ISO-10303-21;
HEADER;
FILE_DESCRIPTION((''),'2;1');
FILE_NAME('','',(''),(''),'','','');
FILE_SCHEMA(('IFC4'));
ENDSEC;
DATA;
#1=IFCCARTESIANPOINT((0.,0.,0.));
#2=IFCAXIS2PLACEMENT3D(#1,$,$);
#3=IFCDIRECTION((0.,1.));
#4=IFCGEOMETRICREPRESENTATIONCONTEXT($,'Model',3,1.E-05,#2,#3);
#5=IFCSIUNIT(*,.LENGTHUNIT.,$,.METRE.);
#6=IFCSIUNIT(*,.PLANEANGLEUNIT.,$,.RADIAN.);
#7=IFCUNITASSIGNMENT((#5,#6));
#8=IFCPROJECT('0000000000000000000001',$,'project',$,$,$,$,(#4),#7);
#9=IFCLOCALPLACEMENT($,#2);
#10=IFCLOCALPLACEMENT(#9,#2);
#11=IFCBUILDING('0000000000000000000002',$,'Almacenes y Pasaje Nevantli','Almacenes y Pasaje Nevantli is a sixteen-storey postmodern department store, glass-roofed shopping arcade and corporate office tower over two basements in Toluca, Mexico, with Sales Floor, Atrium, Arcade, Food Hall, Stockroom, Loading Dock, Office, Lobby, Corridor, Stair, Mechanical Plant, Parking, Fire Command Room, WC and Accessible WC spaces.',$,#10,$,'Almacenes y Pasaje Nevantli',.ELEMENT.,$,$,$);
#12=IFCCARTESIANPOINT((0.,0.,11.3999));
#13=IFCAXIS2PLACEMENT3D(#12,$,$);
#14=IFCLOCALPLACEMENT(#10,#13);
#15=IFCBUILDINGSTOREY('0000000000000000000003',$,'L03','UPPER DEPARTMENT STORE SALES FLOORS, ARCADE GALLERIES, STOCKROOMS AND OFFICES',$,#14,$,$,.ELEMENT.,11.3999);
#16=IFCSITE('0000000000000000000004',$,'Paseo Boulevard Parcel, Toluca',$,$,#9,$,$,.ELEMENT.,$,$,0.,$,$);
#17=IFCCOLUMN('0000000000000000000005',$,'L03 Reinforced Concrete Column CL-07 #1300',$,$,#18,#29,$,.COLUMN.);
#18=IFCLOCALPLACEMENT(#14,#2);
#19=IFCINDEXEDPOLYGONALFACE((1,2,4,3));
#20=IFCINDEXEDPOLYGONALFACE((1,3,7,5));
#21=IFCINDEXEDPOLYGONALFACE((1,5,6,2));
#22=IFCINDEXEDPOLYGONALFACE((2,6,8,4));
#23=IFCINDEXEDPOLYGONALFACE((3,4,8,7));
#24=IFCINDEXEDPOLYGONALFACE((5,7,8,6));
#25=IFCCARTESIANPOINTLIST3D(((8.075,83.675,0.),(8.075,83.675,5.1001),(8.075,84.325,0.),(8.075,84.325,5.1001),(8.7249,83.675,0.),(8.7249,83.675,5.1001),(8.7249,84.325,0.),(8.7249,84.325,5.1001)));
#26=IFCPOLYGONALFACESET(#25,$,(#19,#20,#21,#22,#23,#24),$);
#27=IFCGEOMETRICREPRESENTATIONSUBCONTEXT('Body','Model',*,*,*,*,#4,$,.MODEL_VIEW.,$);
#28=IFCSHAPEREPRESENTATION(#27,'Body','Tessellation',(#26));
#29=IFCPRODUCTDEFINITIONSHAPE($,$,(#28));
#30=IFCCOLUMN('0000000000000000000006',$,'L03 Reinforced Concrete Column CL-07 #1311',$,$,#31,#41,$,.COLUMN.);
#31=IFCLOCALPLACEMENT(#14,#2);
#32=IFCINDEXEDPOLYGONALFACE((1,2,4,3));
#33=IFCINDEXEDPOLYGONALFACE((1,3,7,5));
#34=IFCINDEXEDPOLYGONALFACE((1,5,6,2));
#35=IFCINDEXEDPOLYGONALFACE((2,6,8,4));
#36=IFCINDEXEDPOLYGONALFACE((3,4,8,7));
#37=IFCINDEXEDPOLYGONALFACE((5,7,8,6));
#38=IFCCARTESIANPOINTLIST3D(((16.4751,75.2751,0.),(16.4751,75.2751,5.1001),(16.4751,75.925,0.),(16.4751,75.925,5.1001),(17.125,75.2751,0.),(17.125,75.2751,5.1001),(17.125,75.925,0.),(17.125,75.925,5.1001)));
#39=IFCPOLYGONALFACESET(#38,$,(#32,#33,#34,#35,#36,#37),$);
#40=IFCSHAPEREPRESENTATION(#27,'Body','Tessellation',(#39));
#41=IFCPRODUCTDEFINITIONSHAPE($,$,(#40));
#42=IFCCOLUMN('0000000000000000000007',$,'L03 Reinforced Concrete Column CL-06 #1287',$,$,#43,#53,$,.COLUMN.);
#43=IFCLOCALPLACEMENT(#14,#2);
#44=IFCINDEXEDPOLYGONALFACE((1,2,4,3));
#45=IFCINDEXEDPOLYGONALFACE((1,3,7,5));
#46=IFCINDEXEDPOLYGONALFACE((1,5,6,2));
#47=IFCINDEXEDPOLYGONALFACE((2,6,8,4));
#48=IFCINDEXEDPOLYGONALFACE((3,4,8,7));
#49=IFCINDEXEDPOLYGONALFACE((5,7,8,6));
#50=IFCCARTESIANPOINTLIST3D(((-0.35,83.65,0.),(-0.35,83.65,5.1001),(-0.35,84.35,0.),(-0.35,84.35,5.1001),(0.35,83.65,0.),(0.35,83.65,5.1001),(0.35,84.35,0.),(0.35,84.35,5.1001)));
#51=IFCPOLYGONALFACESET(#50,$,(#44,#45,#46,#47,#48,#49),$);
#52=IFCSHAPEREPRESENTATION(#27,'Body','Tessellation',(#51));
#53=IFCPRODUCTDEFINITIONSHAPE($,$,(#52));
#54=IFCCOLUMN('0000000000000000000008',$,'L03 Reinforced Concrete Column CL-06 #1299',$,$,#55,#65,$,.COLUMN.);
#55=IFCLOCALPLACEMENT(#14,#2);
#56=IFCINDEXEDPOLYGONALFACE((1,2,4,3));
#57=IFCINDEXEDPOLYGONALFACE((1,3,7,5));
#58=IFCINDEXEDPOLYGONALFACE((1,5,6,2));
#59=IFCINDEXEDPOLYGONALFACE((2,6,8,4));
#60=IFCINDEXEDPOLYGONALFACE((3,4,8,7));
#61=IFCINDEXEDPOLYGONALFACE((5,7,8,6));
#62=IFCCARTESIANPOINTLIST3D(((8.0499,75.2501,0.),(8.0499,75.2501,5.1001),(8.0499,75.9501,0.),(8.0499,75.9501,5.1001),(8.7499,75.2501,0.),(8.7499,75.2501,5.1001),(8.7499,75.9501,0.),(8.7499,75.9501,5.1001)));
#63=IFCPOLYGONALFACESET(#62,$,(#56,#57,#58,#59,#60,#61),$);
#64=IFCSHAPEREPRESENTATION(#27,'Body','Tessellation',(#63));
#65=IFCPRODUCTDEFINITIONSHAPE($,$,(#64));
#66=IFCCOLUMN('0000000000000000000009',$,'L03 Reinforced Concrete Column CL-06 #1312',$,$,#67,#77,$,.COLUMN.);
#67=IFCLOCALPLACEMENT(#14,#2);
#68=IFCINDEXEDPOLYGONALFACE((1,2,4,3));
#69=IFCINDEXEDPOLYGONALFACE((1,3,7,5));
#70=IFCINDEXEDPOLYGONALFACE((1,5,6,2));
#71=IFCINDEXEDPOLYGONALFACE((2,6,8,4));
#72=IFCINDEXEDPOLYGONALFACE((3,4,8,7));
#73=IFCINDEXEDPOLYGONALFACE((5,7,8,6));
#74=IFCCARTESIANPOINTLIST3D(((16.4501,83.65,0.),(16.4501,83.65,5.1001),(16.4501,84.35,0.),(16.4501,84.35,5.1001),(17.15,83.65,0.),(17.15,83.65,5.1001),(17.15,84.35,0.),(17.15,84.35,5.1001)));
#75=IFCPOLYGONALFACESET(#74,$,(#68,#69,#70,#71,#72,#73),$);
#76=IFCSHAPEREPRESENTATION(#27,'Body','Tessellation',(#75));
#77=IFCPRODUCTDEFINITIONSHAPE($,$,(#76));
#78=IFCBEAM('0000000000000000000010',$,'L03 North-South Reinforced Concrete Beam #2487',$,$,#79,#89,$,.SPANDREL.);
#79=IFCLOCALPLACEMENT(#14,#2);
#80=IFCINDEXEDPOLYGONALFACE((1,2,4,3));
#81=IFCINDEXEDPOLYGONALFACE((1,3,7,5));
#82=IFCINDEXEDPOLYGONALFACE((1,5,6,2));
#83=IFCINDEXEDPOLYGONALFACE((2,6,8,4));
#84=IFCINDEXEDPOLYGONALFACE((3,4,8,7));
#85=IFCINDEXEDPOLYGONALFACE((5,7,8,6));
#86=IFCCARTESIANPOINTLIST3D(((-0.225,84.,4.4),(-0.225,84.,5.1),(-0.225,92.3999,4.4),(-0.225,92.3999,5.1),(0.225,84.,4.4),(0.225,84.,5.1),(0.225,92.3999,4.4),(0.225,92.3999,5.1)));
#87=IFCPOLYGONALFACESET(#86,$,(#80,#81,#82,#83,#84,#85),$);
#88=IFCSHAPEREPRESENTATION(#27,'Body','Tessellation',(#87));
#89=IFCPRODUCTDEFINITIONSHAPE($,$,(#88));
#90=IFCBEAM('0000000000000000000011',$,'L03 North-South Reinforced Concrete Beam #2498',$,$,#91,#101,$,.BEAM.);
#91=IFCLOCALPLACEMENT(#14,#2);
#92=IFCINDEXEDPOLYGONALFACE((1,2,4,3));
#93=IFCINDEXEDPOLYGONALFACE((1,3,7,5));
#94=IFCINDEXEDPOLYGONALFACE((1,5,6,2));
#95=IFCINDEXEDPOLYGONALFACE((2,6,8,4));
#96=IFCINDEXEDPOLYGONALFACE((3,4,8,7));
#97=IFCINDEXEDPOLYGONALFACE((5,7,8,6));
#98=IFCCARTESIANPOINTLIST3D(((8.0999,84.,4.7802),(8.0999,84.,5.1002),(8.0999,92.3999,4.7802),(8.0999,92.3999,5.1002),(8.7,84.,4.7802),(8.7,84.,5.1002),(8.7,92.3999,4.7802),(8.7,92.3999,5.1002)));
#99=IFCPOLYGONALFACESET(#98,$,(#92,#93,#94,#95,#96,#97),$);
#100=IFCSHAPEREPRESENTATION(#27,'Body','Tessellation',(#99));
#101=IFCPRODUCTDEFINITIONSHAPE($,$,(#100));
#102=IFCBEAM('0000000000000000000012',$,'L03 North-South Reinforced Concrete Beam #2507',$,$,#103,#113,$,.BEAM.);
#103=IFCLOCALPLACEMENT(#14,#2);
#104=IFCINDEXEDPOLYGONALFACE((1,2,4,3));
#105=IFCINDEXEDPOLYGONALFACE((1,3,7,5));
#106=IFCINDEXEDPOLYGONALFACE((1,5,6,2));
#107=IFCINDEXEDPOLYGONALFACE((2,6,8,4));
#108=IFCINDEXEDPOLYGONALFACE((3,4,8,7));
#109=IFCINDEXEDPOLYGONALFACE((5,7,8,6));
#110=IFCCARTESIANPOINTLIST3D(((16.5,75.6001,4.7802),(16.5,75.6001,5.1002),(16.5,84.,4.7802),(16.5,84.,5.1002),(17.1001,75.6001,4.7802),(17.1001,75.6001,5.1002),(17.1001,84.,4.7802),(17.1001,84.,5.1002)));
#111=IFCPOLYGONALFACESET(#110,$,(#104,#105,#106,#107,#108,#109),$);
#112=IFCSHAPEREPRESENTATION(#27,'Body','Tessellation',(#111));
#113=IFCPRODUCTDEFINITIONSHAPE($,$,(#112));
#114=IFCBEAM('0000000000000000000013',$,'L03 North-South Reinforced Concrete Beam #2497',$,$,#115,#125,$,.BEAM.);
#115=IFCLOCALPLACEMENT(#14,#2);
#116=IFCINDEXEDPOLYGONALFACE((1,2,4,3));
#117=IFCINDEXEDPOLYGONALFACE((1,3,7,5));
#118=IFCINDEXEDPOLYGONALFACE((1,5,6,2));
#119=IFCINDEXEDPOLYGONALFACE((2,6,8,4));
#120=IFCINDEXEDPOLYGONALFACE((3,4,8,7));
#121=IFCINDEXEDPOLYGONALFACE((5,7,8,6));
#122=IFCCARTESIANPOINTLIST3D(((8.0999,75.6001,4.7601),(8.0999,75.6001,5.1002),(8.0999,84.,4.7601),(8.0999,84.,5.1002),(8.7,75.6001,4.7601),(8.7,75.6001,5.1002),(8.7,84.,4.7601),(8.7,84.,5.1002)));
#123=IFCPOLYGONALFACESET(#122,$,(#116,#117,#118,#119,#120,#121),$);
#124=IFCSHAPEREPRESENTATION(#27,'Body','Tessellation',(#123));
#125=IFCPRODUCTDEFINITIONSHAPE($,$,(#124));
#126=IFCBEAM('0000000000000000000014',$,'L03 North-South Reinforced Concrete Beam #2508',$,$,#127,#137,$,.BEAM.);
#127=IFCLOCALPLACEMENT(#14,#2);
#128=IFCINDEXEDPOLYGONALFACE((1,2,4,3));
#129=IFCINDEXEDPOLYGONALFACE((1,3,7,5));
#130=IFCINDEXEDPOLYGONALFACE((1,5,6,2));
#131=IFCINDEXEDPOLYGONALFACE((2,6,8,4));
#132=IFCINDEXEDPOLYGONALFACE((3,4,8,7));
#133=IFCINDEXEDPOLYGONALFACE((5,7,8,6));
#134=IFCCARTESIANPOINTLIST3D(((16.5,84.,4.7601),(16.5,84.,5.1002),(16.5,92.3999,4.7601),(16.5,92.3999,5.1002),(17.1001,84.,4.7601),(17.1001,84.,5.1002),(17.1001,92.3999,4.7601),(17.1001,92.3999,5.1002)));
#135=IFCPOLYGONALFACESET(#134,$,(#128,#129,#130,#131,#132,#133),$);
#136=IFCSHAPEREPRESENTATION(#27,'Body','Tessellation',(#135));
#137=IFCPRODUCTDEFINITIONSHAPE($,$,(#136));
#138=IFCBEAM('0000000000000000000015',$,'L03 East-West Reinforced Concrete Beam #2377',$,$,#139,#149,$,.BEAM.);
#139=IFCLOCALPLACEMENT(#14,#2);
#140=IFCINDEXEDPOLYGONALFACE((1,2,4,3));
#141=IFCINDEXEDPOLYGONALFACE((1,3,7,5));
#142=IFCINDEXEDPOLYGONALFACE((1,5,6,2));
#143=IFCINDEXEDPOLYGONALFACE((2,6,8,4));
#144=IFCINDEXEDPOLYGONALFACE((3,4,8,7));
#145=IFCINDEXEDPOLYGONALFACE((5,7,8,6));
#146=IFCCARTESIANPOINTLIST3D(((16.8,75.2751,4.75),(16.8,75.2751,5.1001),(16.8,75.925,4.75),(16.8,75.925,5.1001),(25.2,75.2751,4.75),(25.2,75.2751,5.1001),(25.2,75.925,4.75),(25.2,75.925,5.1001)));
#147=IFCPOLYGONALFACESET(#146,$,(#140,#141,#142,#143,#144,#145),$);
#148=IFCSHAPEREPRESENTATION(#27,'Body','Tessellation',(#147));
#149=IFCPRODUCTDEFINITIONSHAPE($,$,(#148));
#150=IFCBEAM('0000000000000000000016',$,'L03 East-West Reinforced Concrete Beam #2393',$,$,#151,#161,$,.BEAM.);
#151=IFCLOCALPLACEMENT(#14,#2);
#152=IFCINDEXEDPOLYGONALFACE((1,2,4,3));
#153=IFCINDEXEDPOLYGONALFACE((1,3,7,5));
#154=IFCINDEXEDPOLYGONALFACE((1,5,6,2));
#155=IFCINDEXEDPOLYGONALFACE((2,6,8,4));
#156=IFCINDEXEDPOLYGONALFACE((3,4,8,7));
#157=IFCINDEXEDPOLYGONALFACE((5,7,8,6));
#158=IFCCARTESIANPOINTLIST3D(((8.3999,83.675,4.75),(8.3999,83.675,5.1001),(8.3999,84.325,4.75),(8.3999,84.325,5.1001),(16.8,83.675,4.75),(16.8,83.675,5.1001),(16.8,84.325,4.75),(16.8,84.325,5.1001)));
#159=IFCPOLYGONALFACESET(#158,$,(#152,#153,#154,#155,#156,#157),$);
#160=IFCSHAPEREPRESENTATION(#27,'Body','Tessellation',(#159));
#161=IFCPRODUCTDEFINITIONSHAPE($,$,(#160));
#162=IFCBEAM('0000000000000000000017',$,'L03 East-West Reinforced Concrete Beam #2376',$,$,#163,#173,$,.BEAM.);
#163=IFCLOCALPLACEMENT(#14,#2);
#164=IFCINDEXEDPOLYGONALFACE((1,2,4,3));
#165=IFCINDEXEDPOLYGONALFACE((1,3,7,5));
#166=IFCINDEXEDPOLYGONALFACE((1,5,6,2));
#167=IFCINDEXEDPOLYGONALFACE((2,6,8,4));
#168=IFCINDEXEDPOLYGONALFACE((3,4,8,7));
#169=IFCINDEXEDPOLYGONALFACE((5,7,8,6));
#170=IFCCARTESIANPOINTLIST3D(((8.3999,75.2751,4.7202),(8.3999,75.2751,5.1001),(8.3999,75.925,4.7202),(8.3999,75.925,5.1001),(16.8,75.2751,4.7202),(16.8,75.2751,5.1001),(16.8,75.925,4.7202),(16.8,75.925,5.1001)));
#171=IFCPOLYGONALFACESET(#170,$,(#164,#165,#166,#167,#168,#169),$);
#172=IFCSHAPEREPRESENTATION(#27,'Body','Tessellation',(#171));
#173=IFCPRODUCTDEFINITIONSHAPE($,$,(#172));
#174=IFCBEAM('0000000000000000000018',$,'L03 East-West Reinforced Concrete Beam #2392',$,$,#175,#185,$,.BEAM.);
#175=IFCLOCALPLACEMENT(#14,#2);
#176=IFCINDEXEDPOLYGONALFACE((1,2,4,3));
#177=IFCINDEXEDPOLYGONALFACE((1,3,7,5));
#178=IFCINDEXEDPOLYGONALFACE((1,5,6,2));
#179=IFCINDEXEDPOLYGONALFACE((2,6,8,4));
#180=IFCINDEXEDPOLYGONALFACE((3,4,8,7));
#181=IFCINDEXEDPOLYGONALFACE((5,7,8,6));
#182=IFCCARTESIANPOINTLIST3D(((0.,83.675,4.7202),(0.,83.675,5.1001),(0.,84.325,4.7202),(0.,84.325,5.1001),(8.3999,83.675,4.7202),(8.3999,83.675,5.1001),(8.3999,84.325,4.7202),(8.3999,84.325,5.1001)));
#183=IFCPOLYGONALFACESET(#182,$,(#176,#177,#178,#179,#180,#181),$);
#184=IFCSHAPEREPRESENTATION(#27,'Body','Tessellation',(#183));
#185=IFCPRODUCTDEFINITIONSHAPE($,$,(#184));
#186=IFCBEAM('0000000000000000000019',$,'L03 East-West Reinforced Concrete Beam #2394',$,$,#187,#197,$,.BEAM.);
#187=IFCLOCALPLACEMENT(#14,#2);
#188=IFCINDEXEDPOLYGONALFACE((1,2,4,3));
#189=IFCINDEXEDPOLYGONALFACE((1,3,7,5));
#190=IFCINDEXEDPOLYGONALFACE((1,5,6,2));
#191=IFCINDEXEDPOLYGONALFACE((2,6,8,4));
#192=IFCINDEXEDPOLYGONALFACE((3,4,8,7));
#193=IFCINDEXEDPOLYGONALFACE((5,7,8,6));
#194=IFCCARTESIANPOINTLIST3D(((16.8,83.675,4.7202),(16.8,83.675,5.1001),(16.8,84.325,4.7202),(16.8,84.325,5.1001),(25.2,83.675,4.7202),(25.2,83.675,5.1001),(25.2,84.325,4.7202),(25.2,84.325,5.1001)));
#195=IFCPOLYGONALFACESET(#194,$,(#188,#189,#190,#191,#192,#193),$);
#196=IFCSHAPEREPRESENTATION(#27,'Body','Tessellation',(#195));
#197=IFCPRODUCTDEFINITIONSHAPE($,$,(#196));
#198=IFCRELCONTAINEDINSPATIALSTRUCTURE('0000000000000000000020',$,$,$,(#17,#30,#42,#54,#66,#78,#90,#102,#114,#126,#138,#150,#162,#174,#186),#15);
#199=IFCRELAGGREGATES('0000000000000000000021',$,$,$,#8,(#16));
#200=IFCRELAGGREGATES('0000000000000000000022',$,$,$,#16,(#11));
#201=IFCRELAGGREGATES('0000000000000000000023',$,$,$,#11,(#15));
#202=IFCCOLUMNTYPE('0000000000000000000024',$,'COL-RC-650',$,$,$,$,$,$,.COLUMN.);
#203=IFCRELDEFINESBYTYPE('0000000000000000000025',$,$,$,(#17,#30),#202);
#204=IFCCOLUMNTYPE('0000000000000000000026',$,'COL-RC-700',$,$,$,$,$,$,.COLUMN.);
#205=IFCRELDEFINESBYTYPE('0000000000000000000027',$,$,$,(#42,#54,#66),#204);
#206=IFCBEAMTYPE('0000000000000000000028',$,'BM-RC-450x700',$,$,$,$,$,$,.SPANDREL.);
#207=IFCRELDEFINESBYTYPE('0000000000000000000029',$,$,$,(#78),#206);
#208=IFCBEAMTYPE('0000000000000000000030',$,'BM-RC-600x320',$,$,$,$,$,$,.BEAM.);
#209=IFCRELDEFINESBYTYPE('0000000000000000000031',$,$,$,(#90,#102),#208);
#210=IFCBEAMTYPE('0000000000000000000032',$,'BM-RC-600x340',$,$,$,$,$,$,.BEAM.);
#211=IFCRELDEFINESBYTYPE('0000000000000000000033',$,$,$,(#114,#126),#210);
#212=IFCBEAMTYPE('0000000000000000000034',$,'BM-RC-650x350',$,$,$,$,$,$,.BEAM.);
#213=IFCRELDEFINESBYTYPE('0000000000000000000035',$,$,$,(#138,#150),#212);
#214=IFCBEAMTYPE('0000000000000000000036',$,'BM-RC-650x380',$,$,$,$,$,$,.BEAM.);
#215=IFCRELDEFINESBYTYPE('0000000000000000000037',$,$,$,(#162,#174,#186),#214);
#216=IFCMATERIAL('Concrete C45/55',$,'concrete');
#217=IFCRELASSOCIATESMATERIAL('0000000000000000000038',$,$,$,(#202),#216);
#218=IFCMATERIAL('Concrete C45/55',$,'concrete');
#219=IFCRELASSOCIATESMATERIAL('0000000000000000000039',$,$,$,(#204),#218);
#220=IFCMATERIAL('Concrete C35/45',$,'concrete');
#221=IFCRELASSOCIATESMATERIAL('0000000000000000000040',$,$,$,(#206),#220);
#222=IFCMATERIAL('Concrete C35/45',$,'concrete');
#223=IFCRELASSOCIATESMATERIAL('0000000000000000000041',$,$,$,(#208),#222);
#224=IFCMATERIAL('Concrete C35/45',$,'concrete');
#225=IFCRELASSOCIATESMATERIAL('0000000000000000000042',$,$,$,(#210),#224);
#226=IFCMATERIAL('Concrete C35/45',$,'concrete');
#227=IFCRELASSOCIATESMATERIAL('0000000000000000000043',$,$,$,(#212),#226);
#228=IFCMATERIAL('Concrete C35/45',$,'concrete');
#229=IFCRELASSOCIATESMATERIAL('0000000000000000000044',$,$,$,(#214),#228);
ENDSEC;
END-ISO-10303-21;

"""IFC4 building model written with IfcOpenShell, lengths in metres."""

from ifc_helpers import new_model, si_unit, direction, frame, origin, origin_2d, place, context, subcontext, project, spatial, rectangle, extrude, material, material_profile, profile_set, type_object, element, save


model = new_model("IFC4")

# Units and contexts
model_context = context("Model", 3, precision=1e-05, world=origin(), true_north=direction((0.0, 1.0)))
body_context = subcontext(model_context, "Body", "Model", "MODEL_VIEW")
ifc_project = project(units=[si_unit("LENGTHUNIT", "METRE"), si_unit("PLANEANGLEUNIT", "RADIAN")], contexts=[model_context])

# Site, building, storey
site_placement = place(None, origin())
site = spatial("IfcSite", under=ifc_project, at=site_placement, Name="Paseo Boulevard Parcel, Toluca", CompositionType="ELEMENT", RefElevation=0.0)
building_placement = place(site_placement, origin())
building = spatial("IfcBuilding", under=site, at=building_placement, Name="Almacenes y Pasaje Nevantli", Description="Almacenes y Pasaje Nevantli is a sixteen-storey postmodern department store, glass-roofed shopping arcade and corporate office tower over two basements in Toluca, Mexico, with Sales Floor, Atrium, Arcade, Food Hall, Stockroom, Loading Dock, Office, Lobby, Corridor, Stair, Mechanical Plant, Parking, Fire Command Room, WC and Accessible WC spaces.", LongName="Almacenes y Pasaje Nevantli", CompositionType="ELEMENT")
storey_placement = place(building_placement, frame((0.0, 0.0, 11.3999)))
storey = spatial("IfcBuildingStorey", under=building, at=storey_placement, Name="L03", Description="UPPER DEPARTMENT STORE SALES FLOORS, ARCADE GALLERIES, STOCKROOMS AND OFFICES", CompositionType="ELEMENT", Elevation=11.3999)

# Columns
ifc_material_1 = material(Name="Concrete C45/55", Category="concrete")
ifc_material_profile_1 = material_profile(ifc_material_1, rectangle(XDim=0.6499, YDim=0.6499, at=origin_2d()), Name="RC-COL-650x650")
ifc_profile_set_1 = profile_set([ifc_material_profile_1], Name="Concrete C45/55")
column_type_1 = type_object("IfcColumnType", Name="COL-RC-650", PredefinedType="COLUMN", material=ifc_profile_set_1)
for number, where, z_axis, x_axis, name in (
    (1, (8.3999, 84.0, 0.0), (0.0, 0.0, 1.0), (1.0, 0.0, 0.0), "L03 Reinforced Concrete Column CL-07 #1300"),
    (2, (16.8, 75.6001, 0.0), (0.0, 0.0, 1.0), (1.0, 0.0, 0.0), "L03 Reinforced Concrete Column CL-07 #1311"),
):
    element("IfcColumn", number, at=place(storey_placement, frame(where, z_axis=z_axis, x_axis=x_axis)), inside=storey, type_object=column_type_1, Name=name, PredefinedType="COLUMN", context=body_context, shape_type="SweptSolid", body=[
        extrude(rectangle(XDim=0.6499, YDim=0.6499, at=origin_2d()), origin(), (0.0, 0.0, 1.0), 5.1001),
    ])
ifc_material_2 = material(Name="Concrete C45/55", Category="concrete")
ifc_material_profile_2 = material_profile(ifc_material_2, rectangle(XDim=0.7, YDim=0.7, at=origin_2d()), Name="RC-COL-700x700")
ifc_profile_set_2 = profile_set([ifc_material_profile_2], Name="Concrete C45/55")
column_type_2 = type_object("IfcColumnType", Name="COL-RC-700", PredefinedType="COLUMN", material=ifc_profile_set_2)
for number, where, z_axis, x_axis, name in (
    (3, (0.0, 84.0, 0.0), (0.0, 0.0, 1.0), (1.0, 0.0, 0.0), "L03 Reinforced Concrete Column CL-06 #1287"),
    (4, (8.3999, 75.6001, 0.0), (0.0, 0.0, 1.0), (1.0, 0.0, 0.0), "L03 Reinforced Concrete Column CL-06 #1299"),
    (5, (16.8, 84.0, 0.0), (0.0, 0.0, 1.0), (1.0, 0.0, 0.0), "L03 Reinforced Concrete Column CL-06 #1312"),
):
    element("IfcColumn", number, at=place(storey_placement, frame(where, z_axis=z_axis, x_axis=x_axis)), inside=storey, type_object=column_type_2, Name=name, PredefinedType="COLUMN", context=body_context, shape_type="SweptSolid", body=[
        extrude(rectangle(XDim=0.7, YDim=0.7, at=origin_2d()), origin(), (0.0, 0.0, 1.0), 5.1001),
    ])

# Beams
ifc_material_3 = material(Name="Concrete C35/45", Category="concrete")
ifc_material_profile_3 = material_profile(ifc_material_3, rectangle(XDim=0.45, YDim=0.7, at=origin_2d()), Name="RC-BM-450x700")
ifc_profile_set_3 = profile_set([ifc_material_profile_3], Name="Concrete C35/45")
beam_type_1 = type_object("IfcBeamType", Name="BM-RC-450x700", PredefinedType="SPANDREL", material=ifc_profile_set_3)
beam_1_placement = place(storey_placement, frame((0.0, 84.0, 4.75), z_axis=(0.0, 1.0, 0.0), x_axis=(-1.0, 0.0, 0.0)))
element("IfcBeam", 6, at=beam_1_placement, inside=storey, type_object=beam_type_1, Name="L03 North-South Reinforced Concrete Beam #2487", PredefinedType="SPANDREL", context=body_context, shape_type="SweptSolid", body=[
    extrude(rectangle(XDim=0.45, YDim=0.7, at=origin_2d()), origin(), (0.0, 0.0, 1.0), 8.3999),
])
ifc_material_4 = material(Name="Concrete C35/45", Category="concrete")
ifc_material_profile_4 = material_profile(ifc_material_4, rectangle(XDim=0.6001, YDim=0.3201, at=origin_2d()), Name="RC-BM-600x320")
ifc_profile_set_4 = profile_set([ifc_material_profile_4], Name="Concrete C35/45")
beam_type_2 = type_object("IfcBeamType", Name="BM-RC-600x320", PredefinedType="BEAM", material=ifc_profile_set_4)
for number, where, z_axis, x_axis, name in (
    (7, (8.3999, 84.0, 4.9402), (0.0, 1.0, 0.0), (-1.0, 0.0, 0.0), "L03 North-South Reinforced Concrete Beam #2498"),
    (8, (16.8, 75.6001, 4.9402), (0.0, 1.0, 0.0), (-1.0, 0.0, 0.0), "L03 North-South Reinforced Concrete Beam #2507"),
):
    element("IfcBeam", number, at=place(storey_placement, frame(where, z_axis=z_axis, x_axis=x_axis)), inside=storey, type_object=beam_type_2, Name=name, PredefinedType="BEAM", context=body_context, shape_type="SweptSolid", body=[
        extrude(rectangle(XDim=0.6001, YDim=0.3201, at=origin_2d()), origin(), (0.0, 0.0, 1.0), 8.3999),
    ])
ifc_material_5 = material(Name="Concrete C35/45", Category="concrete")
ifc_material_profile_5 = material_profile(ifc_material_5, rectangle(XDim=0.6001, YDim=0.3401, at=origin_2d()), Name="RC-BM-600x340")
ifc_profile_set_5 = profile_set([ifc_material_profile_5], Name="Concrete C35/45")
beam_type_3 = type_object("IfcBeamType", Name="BM-RC-600x340", PredefinedType="BEAM", material=ifc_profile_set_5)
for number, where, z_axis, x_axis, name in (
    (9, (8.3999, 75.6001, 4.9302), (0.0, 1.0, 0.0), (-1.0, 0.0, 0.0), "L03 North-South Reinforced Concrete Beam #2497"),
    (10, (16.8, 84.0, 4.9302), (0.0, 1.0, 0.0), (-1.0, 0.0, 0.0), "L03 North-South Reinforced Concrete Beam #2508"),
):
    element("IfcBeam", number, at=place(storey_placement, frame(where, z_axis=z_axis, x_axis=x_axis)), inside=storey, type_object=beam_type_3, Name=name, PredefinedType="BEAM", context=body_context, shape_type="SweptSolid", body=[
        extrude(rectangle(XDim=0.6001, YDim=0.3401, at=origin_2d()), origin(), (0.0, 0.0, 1.0), 8.3999),
    ])
ifc_material_6 = material(Name="Concrete C35/45", Category="concrete")
ifc_material_profile_6 = material_profile(ifc_material_6, rectangle(XDim=0.6499, YDim=0.3501, at=origin_2d()), Name="RC-BM-650x350")
ifc_profile_set_6 = profile_set([ifc_material_profile_6], Name="Concrete C35/45")
beam_type_4 = type_object("IfcBeamType", Name="BM-RC-650x350", PredefinedType="BEAM", material=ifc_profile_set_6)
beam_2_placement = place(storey_placement, frame((16.8, 75.6001, 4.925), z_axis=(1.0, 0.0, 0.0), x_axis=(0.0, 1.0, 0.0)))
element("IfcBeam", 11, at=beam_2_placement, inside=storey, type_object=beam_type_4, Name="L03 East-West Reinforced Concrete Beam #2377", PredefinedType="BEAM", context=body_context, shape_type="SweptSolid", body=[
    extrude(rectangle(XDim=0.6499, YDim=0.3501, at=origin_2d()), origin(), (0.0, 0.0, 1.0), 8.3999),
])
beam_3_placement = place(storey_placement, frame((8.3999, 84.0, 4.925), z_axis=(1.0, 0.0, 0.0), x_axis=(0.0, 1.0, 0.0)))
element("IfcBeam", 12, at=beam_3_placement, inside=storey, type_object=beam_type_4, Name="L03 East-West Reinforced Concrete Beam #2393", PredefinedType="BEAM", context=body_context, shape_type="SweptSolid", body=[
    extrude(rectangle(XDim=0.6499, YDim=0.3501, at=origin_2d()), origin(), (0.0, 0.0, 1.0), 8.4001),
])
ifc_material_7 = material(Name="Concrete C35/45", Category="concrete")
ifc_material_profile_7 = material_profile(ifc_material_7, rectangle(XDim=0.6499, YDim=0.3799, at=origin_2d()), Name="RC-BM-650x380")
ifc_profile_set_7 = profile_set([ifc_material_profile_7], Name="Concrete C35/45")
beam_type_5 = type_object("IfcBeamType", Name="BM-RC-650x380", PredefinedType="BEAM", material=ifc_profile_set_7)
beam_4_placement = place(storey_placement, frame((8.3999, 75.6001, 4.9102), z_axis=(1.0, 0.0, 0.0), x_axis=(0.0, 1.0, 0.0)))
element("IfcBeam", 13, at=beam_4_placement, inside=storey, type_object=beam_type_5, Name="L03 East-West Reinforced Concrete Beam #2376", PredefinedType="BEAM", context=body_context, shape_type="SweptSolid", body=[
    extrude(rectangle(XDim=0.6499, YDim=0.3799, at=origin_2d()), origin(), (0.0, 0.0, 1.0), 8.4001),
])
for number, where, z_axis, x_axis, name in (
    (14, (0.0, 84.0, 4.9102), (1.0, 0.0, 0.0), (0.0, 1.0, 0.0), "L03 East-West Reinforced Concrete Beam #2392"),
    (15, (16.8, 84.0, 4.9102), (1.0, 0.0, 0.0), (0.0, 1.0, 0.0), "L03 East-West Reinforced Concrete Beam #2394"),
):
    element("IfcBeam", number, at=place(storey_placement, frame(where, z_axis=z_axis, x_axis=x_axis)), inside=storey, type_object=beam_type_5, Name=name, PredefinedType="BEAM", context=body_context, shape_type="SweptSolid", body=[
        extrude(rectangle(XDim=0.6499, YDim=0.3799, at=origin_2d()), origin(), (0.0, 0.0, 1.0), 8.3999),
    ])

save(model, "model.ifc")
